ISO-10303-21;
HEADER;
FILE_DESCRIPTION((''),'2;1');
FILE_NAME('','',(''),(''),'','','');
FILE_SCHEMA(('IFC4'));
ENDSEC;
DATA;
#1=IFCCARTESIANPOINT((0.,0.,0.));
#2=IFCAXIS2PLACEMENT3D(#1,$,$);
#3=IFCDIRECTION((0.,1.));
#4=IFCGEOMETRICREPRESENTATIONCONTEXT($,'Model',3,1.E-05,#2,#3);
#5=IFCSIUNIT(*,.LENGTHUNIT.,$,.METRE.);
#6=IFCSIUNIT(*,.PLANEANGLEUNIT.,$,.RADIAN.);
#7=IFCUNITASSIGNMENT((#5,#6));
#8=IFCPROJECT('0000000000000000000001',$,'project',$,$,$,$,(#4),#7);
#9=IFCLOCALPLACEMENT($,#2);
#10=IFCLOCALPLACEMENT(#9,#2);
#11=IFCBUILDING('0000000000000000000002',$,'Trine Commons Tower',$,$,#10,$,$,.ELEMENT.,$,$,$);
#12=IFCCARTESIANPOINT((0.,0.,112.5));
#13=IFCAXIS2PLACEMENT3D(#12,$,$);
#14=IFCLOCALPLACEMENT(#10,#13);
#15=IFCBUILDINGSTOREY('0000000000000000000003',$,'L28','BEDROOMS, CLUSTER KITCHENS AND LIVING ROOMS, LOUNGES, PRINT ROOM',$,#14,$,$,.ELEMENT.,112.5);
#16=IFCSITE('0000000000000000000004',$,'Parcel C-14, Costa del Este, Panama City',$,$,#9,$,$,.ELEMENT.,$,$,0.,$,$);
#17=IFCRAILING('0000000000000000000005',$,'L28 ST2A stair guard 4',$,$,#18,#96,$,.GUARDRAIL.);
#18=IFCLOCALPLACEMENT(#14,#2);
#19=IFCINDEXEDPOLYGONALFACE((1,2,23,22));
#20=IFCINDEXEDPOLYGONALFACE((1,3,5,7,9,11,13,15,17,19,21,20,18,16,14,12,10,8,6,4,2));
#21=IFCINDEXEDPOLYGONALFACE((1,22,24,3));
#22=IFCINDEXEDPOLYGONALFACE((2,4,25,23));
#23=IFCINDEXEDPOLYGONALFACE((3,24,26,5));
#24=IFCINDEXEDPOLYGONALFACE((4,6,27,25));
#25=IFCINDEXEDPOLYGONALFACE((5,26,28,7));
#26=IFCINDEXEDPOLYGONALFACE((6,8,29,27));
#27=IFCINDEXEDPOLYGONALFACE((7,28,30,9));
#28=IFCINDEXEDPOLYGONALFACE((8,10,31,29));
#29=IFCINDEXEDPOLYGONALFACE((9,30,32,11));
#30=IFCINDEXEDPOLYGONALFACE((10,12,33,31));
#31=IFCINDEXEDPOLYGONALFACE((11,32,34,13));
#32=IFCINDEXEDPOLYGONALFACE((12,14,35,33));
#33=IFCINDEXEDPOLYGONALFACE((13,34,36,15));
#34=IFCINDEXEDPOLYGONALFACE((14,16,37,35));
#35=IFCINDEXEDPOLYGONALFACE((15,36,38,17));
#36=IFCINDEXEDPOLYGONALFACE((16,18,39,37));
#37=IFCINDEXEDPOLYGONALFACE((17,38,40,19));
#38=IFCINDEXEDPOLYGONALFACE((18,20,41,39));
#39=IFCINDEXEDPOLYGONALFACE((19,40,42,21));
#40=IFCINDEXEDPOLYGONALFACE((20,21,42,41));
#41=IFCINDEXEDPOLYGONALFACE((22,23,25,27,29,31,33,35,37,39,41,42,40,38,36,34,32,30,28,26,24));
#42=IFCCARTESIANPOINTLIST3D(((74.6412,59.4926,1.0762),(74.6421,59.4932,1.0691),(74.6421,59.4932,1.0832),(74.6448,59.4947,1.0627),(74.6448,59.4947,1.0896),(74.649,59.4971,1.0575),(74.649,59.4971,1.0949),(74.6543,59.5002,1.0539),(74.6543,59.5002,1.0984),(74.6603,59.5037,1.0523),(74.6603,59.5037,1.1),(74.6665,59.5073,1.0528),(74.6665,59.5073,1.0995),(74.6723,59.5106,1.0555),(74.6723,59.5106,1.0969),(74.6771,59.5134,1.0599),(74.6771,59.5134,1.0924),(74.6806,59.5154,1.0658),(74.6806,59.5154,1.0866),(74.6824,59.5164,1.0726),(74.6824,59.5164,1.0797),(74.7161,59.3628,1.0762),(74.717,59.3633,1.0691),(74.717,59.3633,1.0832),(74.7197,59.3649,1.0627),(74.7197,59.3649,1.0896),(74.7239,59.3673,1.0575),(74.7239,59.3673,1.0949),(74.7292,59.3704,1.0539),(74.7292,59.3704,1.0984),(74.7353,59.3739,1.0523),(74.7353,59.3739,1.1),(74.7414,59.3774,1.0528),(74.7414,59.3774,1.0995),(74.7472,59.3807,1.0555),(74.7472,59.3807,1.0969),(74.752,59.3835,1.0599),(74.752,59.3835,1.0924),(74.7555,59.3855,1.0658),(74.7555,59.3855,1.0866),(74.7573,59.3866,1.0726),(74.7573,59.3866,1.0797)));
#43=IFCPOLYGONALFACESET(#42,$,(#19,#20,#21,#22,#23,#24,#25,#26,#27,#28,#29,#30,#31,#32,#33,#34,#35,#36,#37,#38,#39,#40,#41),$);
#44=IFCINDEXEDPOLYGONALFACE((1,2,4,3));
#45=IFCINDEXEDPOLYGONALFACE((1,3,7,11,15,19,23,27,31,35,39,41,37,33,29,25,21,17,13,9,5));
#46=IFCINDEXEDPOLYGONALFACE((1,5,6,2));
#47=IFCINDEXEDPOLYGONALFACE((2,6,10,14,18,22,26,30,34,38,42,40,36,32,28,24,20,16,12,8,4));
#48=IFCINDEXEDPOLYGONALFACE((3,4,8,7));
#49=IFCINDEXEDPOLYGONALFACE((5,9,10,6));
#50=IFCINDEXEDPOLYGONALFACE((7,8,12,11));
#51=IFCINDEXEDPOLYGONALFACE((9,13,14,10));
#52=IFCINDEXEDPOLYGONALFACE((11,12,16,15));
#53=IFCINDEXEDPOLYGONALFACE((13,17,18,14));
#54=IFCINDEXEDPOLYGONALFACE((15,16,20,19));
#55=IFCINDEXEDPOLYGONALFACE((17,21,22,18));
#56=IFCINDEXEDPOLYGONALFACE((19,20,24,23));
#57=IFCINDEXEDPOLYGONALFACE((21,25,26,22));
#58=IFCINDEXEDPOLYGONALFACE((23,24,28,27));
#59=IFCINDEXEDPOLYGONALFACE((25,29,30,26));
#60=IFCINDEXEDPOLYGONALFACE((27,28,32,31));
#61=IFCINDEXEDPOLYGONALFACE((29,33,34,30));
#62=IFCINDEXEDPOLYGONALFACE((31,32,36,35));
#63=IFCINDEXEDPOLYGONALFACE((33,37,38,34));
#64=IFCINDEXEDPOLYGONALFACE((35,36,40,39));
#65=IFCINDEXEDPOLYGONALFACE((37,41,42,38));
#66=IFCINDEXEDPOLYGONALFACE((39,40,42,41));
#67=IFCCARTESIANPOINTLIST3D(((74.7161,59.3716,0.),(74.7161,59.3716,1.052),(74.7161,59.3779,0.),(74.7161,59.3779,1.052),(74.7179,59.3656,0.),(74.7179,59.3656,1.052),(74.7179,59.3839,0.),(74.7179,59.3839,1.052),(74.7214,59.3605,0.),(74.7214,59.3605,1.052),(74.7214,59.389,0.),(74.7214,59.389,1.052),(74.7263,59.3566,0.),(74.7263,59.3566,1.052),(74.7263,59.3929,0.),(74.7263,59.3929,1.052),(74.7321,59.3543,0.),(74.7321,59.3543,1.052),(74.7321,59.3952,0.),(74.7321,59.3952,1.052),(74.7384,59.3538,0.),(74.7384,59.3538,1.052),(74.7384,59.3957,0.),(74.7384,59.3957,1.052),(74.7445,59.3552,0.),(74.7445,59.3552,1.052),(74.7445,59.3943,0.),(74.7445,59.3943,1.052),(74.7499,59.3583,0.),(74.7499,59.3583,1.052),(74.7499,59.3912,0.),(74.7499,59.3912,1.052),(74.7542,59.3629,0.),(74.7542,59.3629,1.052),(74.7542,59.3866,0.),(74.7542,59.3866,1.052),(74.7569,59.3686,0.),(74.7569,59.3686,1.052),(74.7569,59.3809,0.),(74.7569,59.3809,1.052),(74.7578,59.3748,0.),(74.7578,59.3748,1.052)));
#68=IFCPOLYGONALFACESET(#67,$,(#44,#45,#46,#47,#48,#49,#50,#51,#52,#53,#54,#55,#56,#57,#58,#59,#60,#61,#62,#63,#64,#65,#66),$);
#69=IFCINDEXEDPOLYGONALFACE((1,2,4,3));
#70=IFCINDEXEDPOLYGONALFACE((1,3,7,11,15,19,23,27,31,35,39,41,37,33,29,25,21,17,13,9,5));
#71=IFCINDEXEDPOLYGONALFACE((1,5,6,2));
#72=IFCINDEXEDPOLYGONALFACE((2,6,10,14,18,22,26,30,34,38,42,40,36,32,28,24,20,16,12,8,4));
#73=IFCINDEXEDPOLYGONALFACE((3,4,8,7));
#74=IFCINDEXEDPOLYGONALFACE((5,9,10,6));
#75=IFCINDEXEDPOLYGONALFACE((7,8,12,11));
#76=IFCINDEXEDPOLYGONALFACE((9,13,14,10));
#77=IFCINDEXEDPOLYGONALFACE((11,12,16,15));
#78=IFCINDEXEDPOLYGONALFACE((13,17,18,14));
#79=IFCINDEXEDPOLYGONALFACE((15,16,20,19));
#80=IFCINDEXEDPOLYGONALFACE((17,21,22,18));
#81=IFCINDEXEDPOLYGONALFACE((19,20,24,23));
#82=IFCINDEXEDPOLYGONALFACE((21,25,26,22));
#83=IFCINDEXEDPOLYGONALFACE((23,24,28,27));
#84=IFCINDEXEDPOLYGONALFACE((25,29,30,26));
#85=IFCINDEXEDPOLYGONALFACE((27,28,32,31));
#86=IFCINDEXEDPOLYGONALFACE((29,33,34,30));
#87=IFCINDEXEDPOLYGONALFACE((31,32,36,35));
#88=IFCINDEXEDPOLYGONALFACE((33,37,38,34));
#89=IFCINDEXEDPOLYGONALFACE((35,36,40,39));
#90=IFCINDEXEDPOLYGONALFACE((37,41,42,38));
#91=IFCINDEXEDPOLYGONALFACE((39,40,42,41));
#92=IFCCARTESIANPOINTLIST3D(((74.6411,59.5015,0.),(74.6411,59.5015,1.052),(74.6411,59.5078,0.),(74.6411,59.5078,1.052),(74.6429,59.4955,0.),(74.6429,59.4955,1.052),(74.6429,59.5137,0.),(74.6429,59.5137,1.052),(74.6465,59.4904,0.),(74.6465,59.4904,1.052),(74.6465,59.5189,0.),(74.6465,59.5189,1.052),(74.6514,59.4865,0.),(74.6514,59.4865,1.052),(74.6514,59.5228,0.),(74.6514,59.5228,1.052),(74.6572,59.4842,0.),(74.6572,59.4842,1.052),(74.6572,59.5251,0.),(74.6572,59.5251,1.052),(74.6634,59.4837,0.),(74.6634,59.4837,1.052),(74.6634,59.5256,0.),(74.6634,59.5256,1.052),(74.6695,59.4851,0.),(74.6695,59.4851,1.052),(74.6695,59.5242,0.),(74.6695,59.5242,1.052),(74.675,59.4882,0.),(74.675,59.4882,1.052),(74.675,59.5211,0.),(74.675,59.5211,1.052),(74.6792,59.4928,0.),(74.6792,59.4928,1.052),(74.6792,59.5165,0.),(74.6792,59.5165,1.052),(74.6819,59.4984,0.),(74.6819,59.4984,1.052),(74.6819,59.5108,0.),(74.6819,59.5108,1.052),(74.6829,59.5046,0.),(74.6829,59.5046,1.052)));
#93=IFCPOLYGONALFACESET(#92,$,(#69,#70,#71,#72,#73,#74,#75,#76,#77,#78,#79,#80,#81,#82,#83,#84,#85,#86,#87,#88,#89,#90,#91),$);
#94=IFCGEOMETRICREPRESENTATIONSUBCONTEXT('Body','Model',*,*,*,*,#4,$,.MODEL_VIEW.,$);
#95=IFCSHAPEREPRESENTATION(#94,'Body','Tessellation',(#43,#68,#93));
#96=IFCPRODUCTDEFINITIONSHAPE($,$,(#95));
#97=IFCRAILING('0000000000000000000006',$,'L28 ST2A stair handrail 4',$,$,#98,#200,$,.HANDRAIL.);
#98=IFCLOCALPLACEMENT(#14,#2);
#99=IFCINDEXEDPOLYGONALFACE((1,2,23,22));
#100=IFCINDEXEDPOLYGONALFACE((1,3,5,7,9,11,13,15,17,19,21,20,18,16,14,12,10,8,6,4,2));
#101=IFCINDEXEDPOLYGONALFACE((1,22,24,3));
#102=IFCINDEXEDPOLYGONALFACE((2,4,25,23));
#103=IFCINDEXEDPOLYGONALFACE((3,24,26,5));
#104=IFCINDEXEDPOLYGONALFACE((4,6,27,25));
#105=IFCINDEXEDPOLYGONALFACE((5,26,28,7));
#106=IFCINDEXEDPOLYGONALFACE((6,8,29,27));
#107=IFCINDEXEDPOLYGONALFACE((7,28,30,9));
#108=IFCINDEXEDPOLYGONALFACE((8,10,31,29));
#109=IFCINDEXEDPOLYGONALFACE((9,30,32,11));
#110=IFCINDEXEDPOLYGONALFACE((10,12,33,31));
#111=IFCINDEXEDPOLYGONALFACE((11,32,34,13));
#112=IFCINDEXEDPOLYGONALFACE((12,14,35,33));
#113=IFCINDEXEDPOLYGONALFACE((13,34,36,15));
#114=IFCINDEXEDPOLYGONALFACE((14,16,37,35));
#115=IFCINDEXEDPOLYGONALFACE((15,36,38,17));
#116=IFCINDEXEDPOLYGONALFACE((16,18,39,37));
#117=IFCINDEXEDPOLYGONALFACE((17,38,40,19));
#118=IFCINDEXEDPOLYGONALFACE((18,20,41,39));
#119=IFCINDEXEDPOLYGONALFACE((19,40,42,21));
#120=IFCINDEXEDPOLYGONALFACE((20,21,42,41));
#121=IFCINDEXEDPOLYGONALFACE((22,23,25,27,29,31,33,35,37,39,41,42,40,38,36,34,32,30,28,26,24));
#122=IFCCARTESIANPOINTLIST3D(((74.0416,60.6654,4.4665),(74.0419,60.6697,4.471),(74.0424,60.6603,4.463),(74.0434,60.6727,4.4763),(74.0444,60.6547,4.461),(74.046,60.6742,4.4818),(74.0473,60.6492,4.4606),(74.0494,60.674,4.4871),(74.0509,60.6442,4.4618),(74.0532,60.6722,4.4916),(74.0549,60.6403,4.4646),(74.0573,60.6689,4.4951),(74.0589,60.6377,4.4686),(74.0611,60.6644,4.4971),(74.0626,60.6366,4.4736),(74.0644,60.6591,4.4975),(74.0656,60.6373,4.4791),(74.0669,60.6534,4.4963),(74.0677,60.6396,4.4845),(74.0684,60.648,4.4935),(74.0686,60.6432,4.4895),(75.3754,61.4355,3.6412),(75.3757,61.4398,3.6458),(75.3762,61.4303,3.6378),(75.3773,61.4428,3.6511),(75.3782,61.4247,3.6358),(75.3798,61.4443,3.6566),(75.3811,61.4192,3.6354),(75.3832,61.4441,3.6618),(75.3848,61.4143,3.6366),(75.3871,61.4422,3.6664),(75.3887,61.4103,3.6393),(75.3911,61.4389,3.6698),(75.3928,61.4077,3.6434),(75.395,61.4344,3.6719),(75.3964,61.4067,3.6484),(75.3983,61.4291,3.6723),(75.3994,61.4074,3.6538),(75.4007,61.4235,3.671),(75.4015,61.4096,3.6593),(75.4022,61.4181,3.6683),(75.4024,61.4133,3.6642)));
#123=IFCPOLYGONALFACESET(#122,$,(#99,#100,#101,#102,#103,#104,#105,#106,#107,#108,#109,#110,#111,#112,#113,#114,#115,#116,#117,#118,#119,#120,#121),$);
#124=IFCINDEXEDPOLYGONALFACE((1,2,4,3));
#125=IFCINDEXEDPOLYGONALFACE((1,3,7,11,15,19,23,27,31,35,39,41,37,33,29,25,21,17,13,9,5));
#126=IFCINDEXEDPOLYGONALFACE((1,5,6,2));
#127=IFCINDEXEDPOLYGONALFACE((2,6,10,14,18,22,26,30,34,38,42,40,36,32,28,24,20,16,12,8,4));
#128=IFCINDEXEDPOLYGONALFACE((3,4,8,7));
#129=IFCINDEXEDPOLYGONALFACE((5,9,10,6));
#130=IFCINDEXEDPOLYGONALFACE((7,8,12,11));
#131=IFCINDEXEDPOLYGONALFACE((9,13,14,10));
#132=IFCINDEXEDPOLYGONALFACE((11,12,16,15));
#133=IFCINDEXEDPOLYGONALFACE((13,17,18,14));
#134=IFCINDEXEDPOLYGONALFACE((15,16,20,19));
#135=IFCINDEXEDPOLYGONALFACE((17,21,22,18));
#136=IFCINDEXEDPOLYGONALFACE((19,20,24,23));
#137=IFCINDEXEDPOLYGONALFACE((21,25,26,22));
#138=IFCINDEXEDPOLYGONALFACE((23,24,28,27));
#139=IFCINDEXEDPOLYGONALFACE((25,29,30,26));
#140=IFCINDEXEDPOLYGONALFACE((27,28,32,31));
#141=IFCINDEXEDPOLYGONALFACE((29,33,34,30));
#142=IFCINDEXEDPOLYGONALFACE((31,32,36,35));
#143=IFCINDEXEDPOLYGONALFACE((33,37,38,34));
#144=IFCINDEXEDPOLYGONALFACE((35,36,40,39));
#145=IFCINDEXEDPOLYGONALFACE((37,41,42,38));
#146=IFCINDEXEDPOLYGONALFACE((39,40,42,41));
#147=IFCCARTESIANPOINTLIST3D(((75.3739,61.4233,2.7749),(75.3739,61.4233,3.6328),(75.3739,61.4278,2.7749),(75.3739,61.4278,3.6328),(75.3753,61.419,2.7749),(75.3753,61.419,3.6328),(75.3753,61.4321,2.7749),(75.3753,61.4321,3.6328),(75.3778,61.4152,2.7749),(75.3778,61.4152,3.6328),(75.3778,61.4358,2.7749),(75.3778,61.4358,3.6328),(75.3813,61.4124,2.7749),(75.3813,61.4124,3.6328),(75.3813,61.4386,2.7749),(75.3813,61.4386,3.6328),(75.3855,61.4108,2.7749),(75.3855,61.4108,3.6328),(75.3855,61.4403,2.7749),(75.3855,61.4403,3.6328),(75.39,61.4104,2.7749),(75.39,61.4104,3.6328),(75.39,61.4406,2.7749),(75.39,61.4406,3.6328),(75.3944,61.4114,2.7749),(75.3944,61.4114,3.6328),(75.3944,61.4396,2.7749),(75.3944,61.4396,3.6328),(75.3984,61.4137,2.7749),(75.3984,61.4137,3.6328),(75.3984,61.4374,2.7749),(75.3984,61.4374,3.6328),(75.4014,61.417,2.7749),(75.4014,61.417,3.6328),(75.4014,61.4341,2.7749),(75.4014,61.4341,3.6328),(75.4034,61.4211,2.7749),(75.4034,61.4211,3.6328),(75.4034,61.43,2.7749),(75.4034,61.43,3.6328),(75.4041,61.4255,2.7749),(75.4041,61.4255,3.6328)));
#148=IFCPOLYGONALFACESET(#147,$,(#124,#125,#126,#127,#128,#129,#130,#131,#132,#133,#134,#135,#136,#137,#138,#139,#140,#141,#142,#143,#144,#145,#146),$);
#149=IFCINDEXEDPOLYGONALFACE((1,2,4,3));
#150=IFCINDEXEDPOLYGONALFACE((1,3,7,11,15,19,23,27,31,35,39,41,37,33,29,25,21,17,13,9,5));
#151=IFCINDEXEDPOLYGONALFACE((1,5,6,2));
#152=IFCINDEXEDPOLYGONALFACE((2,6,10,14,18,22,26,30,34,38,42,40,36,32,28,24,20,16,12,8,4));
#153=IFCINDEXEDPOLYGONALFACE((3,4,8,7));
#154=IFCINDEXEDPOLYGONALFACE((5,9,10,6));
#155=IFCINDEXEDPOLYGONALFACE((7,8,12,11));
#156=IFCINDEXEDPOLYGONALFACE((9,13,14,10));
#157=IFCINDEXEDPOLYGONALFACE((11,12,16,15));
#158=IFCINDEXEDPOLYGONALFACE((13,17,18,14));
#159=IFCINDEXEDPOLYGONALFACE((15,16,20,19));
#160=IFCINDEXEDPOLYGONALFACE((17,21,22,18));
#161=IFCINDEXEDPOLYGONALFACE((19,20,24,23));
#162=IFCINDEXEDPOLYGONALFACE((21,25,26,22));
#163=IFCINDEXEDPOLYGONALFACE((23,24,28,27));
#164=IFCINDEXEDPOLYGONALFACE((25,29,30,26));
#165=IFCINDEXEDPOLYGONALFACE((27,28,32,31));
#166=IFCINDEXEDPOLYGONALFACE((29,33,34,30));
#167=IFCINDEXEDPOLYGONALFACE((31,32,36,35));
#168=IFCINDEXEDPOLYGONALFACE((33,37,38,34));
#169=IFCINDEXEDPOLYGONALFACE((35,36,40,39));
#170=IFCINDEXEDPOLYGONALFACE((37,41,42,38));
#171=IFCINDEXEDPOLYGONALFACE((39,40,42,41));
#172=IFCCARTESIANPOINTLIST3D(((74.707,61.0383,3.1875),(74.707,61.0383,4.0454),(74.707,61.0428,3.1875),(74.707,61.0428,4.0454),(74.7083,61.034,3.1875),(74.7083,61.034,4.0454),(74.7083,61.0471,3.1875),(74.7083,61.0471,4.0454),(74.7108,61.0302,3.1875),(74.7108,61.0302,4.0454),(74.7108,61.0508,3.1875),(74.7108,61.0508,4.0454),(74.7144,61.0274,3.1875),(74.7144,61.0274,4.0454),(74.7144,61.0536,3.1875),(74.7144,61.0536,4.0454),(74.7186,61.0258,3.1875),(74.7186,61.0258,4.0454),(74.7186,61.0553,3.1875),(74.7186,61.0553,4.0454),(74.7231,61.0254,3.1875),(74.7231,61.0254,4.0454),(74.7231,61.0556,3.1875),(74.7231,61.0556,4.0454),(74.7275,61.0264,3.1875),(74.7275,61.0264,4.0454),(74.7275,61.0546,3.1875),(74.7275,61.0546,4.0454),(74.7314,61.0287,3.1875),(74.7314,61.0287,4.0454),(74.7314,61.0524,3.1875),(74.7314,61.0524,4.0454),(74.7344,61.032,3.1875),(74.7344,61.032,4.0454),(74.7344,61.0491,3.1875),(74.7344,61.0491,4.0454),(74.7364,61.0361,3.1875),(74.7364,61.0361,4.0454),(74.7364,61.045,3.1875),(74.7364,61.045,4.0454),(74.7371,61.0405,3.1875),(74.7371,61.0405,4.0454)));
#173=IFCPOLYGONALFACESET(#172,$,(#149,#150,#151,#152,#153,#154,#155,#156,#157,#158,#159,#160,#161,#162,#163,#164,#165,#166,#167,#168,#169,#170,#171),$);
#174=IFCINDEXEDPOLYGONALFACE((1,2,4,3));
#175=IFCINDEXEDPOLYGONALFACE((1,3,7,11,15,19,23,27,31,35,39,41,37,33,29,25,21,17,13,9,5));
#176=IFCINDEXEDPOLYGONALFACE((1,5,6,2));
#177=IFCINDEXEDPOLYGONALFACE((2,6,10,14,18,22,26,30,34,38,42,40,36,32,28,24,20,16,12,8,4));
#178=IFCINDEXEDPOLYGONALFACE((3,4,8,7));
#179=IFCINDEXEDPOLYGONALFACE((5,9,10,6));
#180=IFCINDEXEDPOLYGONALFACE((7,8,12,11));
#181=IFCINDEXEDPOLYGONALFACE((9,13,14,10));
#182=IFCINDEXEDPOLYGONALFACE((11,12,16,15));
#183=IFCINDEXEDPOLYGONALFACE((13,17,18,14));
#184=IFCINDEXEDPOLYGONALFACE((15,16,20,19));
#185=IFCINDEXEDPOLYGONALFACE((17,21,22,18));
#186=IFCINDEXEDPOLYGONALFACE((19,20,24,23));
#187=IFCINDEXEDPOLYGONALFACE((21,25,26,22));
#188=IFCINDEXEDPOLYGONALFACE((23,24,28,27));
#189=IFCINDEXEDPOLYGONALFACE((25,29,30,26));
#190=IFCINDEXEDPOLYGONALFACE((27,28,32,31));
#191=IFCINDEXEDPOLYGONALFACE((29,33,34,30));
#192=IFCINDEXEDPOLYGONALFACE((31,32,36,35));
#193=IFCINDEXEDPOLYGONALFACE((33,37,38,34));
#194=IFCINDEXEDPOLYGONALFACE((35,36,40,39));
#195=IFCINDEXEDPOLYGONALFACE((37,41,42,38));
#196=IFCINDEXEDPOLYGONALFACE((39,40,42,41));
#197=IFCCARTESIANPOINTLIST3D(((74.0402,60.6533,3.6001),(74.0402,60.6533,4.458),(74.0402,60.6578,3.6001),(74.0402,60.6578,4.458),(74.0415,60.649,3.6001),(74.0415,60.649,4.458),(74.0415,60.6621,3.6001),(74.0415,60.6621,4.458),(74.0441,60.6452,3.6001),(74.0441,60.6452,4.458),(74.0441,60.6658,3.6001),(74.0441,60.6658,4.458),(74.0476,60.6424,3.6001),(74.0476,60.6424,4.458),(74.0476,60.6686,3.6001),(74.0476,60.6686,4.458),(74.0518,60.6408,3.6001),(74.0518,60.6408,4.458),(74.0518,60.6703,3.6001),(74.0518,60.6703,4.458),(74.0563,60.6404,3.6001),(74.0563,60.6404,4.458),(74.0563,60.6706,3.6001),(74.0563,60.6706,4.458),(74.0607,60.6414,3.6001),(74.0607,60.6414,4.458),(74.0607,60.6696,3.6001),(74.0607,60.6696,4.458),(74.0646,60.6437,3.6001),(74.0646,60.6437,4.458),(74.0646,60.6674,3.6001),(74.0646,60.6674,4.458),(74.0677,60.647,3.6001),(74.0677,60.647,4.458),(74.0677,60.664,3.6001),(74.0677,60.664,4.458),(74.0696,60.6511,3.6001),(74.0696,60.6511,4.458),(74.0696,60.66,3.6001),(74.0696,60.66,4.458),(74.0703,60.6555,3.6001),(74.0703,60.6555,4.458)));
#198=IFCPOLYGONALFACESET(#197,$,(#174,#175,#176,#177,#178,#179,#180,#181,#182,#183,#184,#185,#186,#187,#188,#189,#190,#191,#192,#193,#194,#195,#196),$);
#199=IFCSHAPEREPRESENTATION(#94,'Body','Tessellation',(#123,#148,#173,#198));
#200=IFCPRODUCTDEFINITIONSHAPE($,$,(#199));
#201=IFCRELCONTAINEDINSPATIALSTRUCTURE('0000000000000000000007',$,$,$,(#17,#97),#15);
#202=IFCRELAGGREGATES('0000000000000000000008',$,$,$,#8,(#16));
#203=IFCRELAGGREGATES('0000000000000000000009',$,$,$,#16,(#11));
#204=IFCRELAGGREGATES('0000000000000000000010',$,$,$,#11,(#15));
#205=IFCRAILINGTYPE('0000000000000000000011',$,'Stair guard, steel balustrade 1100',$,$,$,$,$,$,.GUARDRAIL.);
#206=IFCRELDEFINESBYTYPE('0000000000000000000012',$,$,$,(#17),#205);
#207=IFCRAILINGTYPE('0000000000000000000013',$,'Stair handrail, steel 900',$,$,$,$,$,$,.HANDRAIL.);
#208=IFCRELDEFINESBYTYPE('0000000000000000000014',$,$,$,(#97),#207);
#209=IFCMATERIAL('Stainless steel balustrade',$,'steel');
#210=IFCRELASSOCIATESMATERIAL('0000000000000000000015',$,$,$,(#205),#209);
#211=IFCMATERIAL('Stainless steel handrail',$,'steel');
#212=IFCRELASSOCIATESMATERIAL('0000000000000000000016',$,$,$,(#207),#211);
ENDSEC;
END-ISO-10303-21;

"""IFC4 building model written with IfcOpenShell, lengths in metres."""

from ifc_helpers import new_model, si_unit, direction, frame, origin, origin_2d, place, context, subcontext, project, spatial, circle, extrude, material, type_object, element, save


model = new_model("IFC4")

# Units and contexts
model_context = context("Model", 3, precision=1e-05, world=origin(), true_north=direction((0.0, 1.0)))
body_context = subcontext(model_context, "Body", "Model", "MODEL_VIEW")
ifc_project = project(units=[si_unit("LENGTHUNIT", "METRE"), si_unit("PLANEANGLEUNIT", "RADIAN")], contexts=[model_context])

# Site, building, storey
site_placement = place(None, origin())
site = spatial("IfcSite", under=ifc_project, at=site_placement, Name="Parcel C-14, Costa del Este, Panama City", CompositionType="ELEMENT", RefElevation=0.0)
building_placement = place(site_placement, origin())
building = spatial("IfcBuilding", under=site, at=building_placement, Name="Trine Commons Tower", CompositionType="ELEMENT")
storey_placement = place(building_placement, frame((0.0, 0.0, 112.5)))
storey = spatial("IfcBuildingStorey", under=building, at=storey_placement, Name="L28", Description="BEDROOMS, CLUSTER KITCHENS AND LIVING ROOMS, LOUNGES, PRINT ROOM", CompositionType="ELEMENT", Elevation=112.5)

# Railings
ifc_material_1 = material(Name="Stainless steel balustrade", Category="steel")
railing_type_1 = type_object("IfcRailingType", Name="Stair guard, steel balustrade 1100", PredefinedType="GUARDRAIL", material=ifc_material_1)
railing_1_placement = place(storey_placement, frame((74.7368, 59.3748, 0.0)))
element("IfcRailing", 1, at=railing_1_placement, inside=storey, type_object=railing_type_1, Name="L28 ST2A stair guard 4", PredefinedType="GUARDRAIL", context=body_context, shape_type="SweptSolid", body=[
    extrude(circle(Radius=0.0239, at=origin_2d()), frame((0.0, 0.0, 1.0762), z_axis=(-0.499816, 0.866131, 0.0), x_axis=(-0.866131, -0.499816, 0.0)), (0.0, 0.0, 1.0), 0.1499),
    extrude(circle(Radius=0.021, at=origin_2d()), origin(), (0.0, 0.0, 1.0), 1.052),
    extrude(circle(Radius=0.021, at=origin_2d()), frame((-0.075, 0.1299, 0.0)), (0.0, 0.0, 1.0), 1.052),
])
ifc_material_2 = material(Name="Stainless steel handrail", Category="steel")
railing_type_2 = type_object("IfcRailingType", Name="Stair handrail, steel 900", PredefinedType="HANDRAIL", material=ifc_material_2)
railing_2_placement = place(storey_placement, frame((75.3889, 61.4255, 2.7749)))
element("IfcRailing", 2, at=railing_2_placement, inside=storey, type_object=railing_type_2, Name="L28 ST2A stair handrail 4", PredefinedType="HANDRAIL", context=body_context, shape_type="SweptSolid", body=[
    extrude(circle(Radius=0.021, at=origin_2d()), frame((0.0, 0.0, 0.8789), z_axis=(-0.763355, -0.440714, 0.472293), x_axis=(0.499992, -0.86603, 0.0)), (0.0, 0.0, 1.0), 1.7473),
    extrude(circle(Radius=0.0151, at=origin_2d()), origin(), (0.0, 0.0, 1.0), 0.8579),
    extrude(circle(Radius=0.0151, at=origin_2d()), frame((-0.667, -0.385, 0.4126)), (0.0, 0.0, 1.0), 0.8579),
    extrude(circle(Radius=0.0151, at=origin_2d()), frame((-1.3337, -0.77, 0.8252)), (0.0, 0.0, 1.0), 0.8579),
])

save(model, "model.ifc")
